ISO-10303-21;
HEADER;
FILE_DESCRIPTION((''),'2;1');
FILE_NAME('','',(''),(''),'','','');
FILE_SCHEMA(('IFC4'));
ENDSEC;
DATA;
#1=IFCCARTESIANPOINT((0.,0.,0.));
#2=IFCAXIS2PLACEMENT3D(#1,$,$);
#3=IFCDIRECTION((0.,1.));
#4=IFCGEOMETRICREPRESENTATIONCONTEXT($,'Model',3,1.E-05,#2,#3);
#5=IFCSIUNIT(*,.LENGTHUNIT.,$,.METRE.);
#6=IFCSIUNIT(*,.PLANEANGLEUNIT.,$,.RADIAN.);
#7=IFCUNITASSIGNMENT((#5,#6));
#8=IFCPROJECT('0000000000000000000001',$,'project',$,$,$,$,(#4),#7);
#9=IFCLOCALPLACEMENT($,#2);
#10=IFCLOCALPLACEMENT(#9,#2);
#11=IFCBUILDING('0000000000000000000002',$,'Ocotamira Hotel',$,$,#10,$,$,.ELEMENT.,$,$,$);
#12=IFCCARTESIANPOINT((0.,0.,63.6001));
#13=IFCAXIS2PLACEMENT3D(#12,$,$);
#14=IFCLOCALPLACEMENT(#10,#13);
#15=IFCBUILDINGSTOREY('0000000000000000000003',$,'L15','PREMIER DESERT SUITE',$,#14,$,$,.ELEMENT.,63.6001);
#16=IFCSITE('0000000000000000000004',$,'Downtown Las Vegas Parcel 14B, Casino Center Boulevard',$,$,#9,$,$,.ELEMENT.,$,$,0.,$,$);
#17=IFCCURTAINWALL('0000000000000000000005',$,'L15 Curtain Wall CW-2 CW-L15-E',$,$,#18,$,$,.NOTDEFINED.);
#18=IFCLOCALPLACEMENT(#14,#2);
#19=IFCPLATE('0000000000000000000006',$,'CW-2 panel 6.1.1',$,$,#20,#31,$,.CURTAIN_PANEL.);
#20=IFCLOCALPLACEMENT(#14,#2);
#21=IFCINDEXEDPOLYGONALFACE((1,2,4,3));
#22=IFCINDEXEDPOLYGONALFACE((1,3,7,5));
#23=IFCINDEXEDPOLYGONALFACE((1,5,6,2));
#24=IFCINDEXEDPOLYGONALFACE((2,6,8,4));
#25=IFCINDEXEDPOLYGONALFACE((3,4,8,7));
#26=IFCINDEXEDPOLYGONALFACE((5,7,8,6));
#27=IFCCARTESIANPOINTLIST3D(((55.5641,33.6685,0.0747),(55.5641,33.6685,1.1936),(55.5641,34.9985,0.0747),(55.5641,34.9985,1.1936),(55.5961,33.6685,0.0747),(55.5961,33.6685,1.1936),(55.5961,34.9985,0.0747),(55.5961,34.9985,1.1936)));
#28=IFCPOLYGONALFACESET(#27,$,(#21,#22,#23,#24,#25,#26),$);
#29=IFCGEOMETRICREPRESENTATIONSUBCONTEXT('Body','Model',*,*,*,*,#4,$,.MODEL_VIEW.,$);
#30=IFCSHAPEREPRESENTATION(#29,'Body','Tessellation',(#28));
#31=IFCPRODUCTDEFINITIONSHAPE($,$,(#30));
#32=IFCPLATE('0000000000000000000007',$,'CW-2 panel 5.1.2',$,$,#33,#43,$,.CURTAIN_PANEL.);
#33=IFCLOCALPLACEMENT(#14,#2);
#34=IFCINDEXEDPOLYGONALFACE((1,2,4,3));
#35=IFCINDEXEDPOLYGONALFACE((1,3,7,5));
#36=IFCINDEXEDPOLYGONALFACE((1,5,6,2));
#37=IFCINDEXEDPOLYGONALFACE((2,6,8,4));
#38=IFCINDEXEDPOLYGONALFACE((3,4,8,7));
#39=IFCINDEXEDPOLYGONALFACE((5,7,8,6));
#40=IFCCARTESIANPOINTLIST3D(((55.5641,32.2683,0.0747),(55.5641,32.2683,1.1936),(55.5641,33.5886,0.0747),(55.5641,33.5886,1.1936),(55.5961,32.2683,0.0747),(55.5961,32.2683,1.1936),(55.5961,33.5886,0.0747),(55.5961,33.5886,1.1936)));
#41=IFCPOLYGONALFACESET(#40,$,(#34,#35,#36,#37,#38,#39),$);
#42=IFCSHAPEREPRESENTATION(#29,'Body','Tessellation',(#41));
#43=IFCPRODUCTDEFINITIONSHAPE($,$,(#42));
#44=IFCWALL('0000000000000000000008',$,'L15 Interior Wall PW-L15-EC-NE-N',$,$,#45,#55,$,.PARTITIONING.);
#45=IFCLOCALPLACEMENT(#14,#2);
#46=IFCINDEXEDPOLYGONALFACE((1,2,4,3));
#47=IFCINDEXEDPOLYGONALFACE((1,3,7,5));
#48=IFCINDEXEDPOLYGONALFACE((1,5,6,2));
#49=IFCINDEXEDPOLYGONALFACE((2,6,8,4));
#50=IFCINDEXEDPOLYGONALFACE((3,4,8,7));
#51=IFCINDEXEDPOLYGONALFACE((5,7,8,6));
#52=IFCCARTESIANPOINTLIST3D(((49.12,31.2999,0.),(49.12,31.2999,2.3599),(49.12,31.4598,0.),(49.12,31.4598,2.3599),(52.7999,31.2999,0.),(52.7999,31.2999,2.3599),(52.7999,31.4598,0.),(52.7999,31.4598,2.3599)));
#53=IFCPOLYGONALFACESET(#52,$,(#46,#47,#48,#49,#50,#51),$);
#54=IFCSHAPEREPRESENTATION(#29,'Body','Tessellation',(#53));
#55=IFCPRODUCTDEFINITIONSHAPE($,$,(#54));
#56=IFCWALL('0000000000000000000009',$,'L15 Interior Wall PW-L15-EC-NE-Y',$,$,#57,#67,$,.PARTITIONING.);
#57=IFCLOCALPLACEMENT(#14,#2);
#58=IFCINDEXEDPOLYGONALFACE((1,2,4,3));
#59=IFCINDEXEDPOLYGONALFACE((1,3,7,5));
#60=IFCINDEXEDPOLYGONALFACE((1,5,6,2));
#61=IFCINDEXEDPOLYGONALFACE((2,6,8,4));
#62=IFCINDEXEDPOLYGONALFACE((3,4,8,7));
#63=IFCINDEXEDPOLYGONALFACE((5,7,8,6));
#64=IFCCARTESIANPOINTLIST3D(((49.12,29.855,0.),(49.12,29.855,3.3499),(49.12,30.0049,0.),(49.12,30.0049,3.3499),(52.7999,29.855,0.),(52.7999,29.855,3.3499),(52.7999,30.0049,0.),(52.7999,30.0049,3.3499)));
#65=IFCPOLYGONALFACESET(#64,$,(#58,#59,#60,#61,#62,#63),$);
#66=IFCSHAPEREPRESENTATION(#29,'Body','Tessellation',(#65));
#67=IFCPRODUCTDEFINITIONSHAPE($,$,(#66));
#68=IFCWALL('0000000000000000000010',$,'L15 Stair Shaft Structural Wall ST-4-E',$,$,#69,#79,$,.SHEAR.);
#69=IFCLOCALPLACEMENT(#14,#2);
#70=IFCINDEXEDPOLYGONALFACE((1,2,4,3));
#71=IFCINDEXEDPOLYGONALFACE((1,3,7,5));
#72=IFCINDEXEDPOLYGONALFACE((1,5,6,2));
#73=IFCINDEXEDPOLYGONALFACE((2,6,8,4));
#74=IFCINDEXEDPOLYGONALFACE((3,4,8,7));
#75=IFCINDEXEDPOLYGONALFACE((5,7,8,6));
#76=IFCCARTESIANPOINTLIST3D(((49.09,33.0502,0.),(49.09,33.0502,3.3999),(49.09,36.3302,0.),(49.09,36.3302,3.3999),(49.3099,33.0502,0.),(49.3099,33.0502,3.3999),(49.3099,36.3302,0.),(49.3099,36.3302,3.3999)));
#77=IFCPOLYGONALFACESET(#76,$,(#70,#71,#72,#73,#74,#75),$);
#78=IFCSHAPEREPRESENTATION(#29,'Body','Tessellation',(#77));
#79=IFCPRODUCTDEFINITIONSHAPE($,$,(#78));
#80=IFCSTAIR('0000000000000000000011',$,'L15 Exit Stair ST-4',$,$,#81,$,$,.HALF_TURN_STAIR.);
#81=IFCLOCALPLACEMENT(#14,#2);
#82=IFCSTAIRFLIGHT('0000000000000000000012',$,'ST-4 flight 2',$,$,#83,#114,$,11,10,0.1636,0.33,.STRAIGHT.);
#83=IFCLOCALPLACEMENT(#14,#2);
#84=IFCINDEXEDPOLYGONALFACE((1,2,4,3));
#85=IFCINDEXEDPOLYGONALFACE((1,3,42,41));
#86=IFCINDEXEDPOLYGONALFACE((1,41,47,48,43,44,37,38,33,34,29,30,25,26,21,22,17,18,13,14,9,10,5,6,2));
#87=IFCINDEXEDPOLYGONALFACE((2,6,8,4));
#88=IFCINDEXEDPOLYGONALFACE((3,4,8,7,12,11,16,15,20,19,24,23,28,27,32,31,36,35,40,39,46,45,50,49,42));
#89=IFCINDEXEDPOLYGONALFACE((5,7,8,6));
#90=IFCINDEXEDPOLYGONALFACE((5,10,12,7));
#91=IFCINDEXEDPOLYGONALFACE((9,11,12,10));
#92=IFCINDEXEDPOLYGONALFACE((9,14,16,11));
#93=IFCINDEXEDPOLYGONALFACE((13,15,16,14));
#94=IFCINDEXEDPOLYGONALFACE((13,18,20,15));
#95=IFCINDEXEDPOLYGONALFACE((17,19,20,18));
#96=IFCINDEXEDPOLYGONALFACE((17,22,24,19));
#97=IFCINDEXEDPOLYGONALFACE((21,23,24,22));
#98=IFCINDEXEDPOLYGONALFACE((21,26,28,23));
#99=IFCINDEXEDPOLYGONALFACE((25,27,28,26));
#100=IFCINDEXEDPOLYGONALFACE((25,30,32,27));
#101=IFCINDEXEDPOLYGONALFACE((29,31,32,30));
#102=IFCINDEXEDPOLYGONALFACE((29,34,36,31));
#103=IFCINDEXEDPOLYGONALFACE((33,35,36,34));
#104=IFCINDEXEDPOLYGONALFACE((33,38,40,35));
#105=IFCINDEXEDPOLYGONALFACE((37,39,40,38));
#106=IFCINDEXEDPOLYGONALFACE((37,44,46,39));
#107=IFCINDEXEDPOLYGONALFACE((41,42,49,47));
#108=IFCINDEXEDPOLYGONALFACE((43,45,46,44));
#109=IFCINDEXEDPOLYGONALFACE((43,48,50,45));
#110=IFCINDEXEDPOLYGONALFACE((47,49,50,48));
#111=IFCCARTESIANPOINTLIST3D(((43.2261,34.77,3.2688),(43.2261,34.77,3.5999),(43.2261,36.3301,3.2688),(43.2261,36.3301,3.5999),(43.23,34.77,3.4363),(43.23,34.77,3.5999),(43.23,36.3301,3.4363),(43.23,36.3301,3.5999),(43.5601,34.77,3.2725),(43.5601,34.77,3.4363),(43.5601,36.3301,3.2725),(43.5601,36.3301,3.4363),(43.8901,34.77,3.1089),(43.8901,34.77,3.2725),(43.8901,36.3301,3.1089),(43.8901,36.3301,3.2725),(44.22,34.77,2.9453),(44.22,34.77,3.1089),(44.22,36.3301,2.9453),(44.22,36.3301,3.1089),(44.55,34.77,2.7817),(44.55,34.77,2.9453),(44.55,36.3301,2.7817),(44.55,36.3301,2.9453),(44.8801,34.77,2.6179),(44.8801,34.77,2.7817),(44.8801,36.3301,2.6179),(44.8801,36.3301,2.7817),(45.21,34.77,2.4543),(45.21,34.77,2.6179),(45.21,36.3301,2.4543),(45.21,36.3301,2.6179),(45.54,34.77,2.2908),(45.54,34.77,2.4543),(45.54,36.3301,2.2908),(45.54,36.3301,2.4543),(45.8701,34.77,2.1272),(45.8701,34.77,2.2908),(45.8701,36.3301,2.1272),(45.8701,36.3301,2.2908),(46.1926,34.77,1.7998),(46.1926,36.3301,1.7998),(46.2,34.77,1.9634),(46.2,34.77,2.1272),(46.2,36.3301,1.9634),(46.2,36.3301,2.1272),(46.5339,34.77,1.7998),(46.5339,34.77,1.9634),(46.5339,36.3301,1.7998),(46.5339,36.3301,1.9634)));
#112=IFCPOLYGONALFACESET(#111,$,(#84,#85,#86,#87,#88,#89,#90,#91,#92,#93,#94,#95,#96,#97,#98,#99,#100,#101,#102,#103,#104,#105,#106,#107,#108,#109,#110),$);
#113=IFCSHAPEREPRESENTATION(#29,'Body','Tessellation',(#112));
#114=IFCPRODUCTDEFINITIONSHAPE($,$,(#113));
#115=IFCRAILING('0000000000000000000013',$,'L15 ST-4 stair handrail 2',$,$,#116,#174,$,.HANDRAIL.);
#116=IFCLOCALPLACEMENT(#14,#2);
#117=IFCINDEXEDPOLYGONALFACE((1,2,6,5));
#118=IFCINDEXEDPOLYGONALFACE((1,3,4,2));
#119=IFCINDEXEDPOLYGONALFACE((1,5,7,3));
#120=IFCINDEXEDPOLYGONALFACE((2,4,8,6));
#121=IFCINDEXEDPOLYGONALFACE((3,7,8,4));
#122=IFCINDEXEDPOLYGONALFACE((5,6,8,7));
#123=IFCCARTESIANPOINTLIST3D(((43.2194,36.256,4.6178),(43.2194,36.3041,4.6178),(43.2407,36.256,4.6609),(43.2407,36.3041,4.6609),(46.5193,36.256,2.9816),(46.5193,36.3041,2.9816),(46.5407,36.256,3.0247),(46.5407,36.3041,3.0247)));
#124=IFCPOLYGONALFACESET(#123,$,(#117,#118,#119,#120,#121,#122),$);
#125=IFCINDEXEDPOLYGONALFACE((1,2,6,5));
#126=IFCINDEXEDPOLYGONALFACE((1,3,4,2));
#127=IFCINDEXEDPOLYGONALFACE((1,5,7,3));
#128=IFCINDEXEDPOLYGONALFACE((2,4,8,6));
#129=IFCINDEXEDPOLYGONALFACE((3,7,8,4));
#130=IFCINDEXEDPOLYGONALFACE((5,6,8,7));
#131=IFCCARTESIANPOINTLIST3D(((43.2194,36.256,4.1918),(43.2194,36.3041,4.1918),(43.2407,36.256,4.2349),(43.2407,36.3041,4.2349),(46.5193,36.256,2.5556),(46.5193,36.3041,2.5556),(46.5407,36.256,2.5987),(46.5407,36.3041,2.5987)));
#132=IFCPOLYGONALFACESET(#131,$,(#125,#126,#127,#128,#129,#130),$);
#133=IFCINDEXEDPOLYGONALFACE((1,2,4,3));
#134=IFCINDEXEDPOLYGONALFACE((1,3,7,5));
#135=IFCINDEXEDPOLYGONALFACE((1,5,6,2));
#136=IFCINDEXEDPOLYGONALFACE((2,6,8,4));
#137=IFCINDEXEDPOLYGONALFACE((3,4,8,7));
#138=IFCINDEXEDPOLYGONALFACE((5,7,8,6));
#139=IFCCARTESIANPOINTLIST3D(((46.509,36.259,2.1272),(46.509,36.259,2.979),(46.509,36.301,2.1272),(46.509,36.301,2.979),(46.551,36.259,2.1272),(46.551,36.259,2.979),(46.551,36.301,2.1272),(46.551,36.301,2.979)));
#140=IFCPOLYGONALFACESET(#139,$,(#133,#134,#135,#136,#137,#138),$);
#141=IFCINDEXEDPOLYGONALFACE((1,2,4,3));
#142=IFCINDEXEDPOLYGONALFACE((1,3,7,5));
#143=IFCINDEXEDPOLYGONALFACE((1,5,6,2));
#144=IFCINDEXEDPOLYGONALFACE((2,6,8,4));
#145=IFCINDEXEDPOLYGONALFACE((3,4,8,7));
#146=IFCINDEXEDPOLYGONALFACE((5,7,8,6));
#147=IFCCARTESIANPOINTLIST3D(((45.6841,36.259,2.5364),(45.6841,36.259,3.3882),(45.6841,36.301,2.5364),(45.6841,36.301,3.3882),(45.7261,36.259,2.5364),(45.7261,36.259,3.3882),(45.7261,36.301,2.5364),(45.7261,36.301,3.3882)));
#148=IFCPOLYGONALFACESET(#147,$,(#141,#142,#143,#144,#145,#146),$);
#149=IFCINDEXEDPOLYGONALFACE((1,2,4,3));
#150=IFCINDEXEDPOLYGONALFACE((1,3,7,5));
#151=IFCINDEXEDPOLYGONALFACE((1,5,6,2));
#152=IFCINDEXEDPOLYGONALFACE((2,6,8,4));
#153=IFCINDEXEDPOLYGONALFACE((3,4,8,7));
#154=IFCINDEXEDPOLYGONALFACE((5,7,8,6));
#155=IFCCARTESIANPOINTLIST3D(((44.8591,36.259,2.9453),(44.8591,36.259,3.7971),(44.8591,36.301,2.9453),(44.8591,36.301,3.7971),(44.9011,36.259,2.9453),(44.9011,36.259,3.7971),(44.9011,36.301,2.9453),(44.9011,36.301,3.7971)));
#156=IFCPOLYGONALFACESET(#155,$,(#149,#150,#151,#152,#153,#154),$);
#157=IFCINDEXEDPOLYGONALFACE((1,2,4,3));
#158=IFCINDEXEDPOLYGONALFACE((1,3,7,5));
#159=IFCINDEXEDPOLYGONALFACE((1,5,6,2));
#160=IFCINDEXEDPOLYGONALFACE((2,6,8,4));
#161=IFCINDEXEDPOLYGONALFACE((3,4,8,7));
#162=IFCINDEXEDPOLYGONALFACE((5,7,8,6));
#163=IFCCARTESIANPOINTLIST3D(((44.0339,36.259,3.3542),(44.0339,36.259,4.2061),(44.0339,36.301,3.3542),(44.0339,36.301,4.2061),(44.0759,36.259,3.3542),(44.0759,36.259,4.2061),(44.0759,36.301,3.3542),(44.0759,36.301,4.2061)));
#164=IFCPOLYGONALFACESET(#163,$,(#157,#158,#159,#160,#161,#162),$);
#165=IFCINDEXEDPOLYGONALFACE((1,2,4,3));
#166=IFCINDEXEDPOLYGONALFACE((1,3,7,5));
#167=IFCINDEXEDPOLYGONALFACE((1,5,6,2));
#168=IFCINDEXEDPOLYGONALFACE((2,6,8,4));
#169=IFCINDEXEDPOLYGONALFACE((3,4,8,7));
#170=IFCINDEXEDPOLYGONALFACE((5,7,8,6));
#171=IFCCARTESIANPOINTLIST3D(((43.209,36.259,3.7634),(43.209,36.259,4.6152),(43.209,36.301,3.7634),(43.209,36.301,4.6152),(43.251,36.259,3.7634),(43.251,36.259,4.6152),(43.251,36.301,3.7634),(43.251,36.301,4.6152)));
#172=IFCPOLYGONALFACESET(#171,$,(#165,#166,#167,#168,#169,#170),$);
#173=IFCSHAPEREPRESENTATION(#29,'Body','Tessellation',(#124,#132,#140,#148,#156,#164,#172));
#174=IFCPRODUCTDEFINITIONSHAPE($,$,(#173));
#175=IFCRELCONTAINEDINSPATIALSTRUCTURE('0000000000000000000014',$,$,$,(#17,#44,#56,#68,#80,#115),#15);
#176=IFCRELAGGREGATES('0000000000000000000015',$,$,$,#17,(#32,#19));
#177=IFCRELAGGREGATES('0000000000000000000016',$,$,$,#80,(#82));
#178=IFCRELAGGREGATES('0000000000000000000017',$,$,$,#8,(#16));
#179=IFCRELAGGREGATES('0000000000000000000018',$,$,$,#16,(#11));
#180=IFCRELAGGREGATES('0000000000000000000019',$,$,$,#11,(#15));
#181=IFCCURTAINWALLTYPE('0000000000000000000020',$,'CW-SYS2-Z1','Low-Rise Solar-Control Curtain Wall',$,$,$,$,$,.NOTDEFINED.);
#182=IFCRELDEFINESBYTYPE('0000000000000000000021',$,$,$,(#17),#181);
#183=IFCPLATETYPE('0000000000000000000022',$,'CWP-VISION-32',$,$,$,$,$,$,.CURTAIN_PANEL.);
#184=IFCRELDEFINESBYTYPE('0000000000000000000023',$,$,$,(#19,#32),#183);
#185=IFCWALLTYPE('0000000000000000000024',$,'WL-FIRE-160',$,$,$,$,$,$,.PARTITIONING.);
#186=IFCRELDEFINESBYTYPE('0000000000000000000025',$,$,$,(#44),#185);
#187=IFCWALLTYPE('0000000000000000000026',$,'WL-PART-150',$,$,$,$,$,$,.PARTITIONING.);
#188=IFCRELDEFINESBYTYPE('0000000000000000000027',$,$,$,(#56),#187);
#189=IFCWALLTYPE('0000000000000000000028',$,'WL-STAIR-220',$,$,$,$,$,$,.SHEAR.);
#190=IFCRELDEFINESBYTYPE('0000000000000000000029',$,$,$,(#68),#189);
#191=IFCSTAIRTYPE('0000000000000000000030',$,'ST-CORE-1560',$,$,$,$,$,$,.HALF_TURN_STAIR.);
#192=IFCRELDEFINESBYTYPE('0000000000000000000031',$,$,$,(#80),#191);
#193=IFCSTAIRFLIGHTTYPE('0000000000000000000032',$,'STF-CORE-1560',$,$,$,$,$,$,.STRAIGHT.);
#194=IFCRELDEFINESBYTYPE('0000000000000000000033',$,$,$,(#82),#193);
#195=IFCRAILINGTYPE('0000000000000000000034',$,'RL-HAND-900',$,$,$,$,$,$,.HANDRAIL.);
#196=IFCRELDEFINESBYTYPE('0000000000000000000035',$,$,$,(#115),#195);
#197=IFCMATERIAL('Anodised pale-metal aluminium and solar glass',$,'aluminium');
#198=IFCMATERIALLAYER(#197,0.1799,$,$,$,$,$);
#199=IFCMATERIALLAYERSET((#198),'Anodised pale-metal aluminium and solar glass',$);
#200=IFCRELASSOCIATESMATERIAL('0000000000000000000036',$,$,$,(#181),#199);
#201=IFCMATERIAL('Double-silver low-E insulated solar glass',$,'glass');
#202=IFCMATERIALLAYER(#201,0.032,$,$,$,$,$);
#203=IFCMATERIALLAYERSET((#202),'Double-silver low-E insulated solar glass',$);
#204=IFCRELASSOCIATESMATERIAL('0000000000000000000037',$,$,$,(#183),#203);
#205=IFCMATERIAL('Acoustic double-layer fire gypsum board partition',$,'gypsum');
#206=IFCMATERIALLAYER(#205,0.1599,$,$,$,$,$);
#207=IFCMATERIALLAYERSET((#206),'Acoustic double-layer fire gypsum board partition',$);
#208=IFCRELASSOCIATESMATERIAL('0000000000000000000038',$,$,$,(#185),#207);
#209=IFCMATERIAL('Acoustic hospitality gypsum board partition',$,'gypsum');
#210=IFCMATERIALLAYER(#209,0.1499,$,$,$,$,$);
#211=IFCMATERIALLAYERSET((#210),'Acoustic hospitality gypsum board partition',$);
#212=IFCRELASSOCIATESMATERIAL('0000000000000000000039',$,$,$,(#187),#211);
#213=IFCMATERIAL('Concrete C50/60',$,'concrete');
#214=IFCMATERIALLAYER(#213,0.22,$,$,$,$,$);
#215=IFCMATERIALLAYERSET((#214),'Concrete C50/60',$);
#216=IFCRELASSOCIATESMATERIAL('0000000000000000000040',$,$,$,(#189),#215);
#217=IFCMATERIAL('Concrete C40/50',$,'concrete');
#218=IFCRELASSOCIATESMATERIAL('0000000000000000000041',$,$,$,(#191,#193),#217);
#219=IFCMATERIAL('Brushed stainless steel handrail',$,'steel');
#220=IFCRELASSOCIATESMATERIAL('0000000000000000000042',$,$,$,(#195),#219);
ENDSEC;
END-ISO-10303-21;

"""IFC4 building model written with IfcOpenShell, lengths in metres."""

from ifc_helpers import new_model, si_unit, direction, frame, frame_2d, origin, origin_2d, place, context, subcontext, project, spatial, polyline, rectangle, outline, extrude, source, transform, mapped, material, layer, layer_set, type_object, element, aggregate, save


model = new_model("IFC4")

# Units and contexts
model_context = context("Model", 3, precision=1e-05, world=origin(), true_north=direction((0.0, 1.0)))
body_context = subcontext(model_context, "Body", "Model", "MODEL_VIEW")
ifc_project = project(units=[si_unit("LENGTHUNIT", "METRE"), si_unit("PLANEANGLEUNIT", "RADIAN")], contexts=[model_context])

# Site, building, storey
site_placement = place(None, origin())
site = spatial("IfcSite", under=ifc_project, at=site_placement, Name="Downtown Las Vegas Parcel 14B, Casino Center Boulevard", CompositionType="ELEMENT", RefElevation=0.0)
building_placement = place(site_placement, origin())
building = spatial("IfcBuilding", under=site, at=building_placement, Name="Ocotamira Hotel", CompositionType="ELEMENT")
storey_placement = place(building_placement, frame((0.0, 0.0, 63.6001)))
storey = spatial("IfcBuildingStorey", under=building, at=storey_placement, Name="L15", Description="PREMIER DESERT SUITE", CompositionType="ELEMENT", Elevation=63.6001)

# Curtain wall
ifc_material_1 = material(Name="Anodised pale-metal aluminium and solar glass", Category="aluminium")
ifc_layer_1 = layer(ifc_material_1, 0.1799)
ifc_layer_set_1 = layer_set([ifc_layer_1], Name="Anodised pale-metal aluminium and solar glass")
curtain_wall_type = type_object("IfcCurtainWallType", Name="CW-SYS2-Z1", Description="Low-Rise Solar-Control Curtain Wall", PredefinedType="NOTDEFINED", material=ifc_layer_set_1)
curtain_wall_placement = place(storey_placement, origin())
curtain_wall = element("IfcCurtainWall", 1, at=curtain_wall_placement, inside=storey, type_object=curtain_wall_type, Name="L15 Curtain Wall CW-2 CW-L15-E", PredefinedType="NOTDEFINED")

# Plates
ifc_material_2 = material(Name="Double-silver low-E insulated solar glass", Category="glass")
ifc_layer_2 = layer(ifc_material_2, 0.032)
ifc_layer_set_2 = layer_set([ifc_layer_2], Name="Double-silver low-E insulated solar glass")
plate_type_1 = type_object("IfcPlateType", Name="CWP-VISION-32", PredefinedType="CURTAIN_PANEL", material=ifc_layer_set_2)
shared_shape_1 = source(origin(), body_context, "Body", "SweptSolid", [
    extrude(rectangle(XDim=1.3301, YDim=0.032, at=origin_2d()), origin(), (0.0, 0.0, 1.0), 1.1189),
])
plate_1_placement = place(storey_placement, frame((55.5801, 34.3335, 0.0747), z_axis=(0.0, 0.0, 1.0), x_axis=(0.0, 1.0, 0.0)))
plate_1 = element("IfcPlate", 2, at=plate_1_placement, type_object=plate_type_1, Name="CW-2 panel 6.1.1", PredefinedType="CURTAIN_PANEL", context=body_context, shape_type="MappedRepresentation", body=[
    mapped(shared_shape_1, transform((0.0, 0.0, 0.0), scale=1.0)),
])
shared_shape_2 = source(origin(), body_context, "Body", "SweptSolid", [
    extrude(rectangle(XDim=1.3203, YDim=0.032, at=origin_2d()), origin(), (0.0, 0.0, 1.0), 1.1189),
])
plate_2_placement = place(storey_placement, frame((55.5801, 32.9285, 0.0747), z_axis=(0.0, 0.0, 1.0), x_axis=(0.0, 1.0, 0.0)))
plate_2 = element("IfcPlate", 3, at=plate_2_placement, type_object=plate_type_1, Name="CW-2 panel 5.1.2", PredefinedType="CURTAIN_PANEL", context=body_context, shape_type="MappedRepresentation", body=[
    mapped(shared_shape_2, transform((0.0, 0.0, 0.0), scale=1.0)),
])
aggregate(curtain_wall, [plate_2, plate_1])

# Walls
ifc_material_3 = material(Name="Acoustic double-layer fire gypsum board partition", Category="gypsum")
ifc_layer_3 = layer(ifc_material_3, 0.1599)
ifc_layer_set_3 = layer_set([ifc_layer_3], Name="Acoustic double-layer fire gypsum board partition")
wall_type_1 = type_object("IfcWallType", Name="WL-FIRE-160", PredefinedType="PARTITIONING", material=ifc_layer_set_3)
wall_1_placement = place(storey_placement, frame((49.1201, 31.3799, 0.0), z_axis=(0.0, 0.0, 1.0), x_axis=(1.0, 0.0, 0.0)))
element("IfcWall", 4, at=wall_1_placement, inside=storey, type_object=wall_type_1, Name="L15 Interior Wall PW-L15-EC-NE-N", PredefinedType="PARTITIONING", context=body_context, shape_type="SweptSolid", body=[
    extrude(rectangle(XDim=3.6799, YDim=0.1599, at=frame_2d((1.8398, 0.0))), origin(), (0.0, 0.0, 1.0), 2.3599),
])
ifc_material_4 = material(Name="Acoustic hospitality gypsum board partition", Category="gypsum")
ifc_layer_4 = layer(ifc_material_4, 0.1499)
ifc_layer_set_4 = layer_set([ifc_layer_4], Name="Acoustic hospitality gypsum board partition")
wall_type_2 = type_object("IfcWallType", Name="WL-PART-150", PredefinedType="PARTITIONING", material=ifc_layer_set_4)
wall_2_placement = place(storey_placement, frame((49.1201, 29.9299, 0.0), z_axis=(0.0, 0.0, 1.0), x_axis=(1.0, 0.0, 0.0)))
element("IfcWall", 5, at=wall_2_placement, inside=storey, type_object=wall_type_2, Name="L15 Interior Wall PW-L15-EC-NE-Y", PredefinedType="PARTITIONING", context=body_context, shape_type="SweptSolid", body=[
    extrude(rectangle(XDim=3.6799, YDim=0.1499, at=frame_2d((1.8398, 0.0))), origin(), (0.0, 0.0, 1.0), 3.3499),
])
ifc_material_5 = material(Name="Concrete C50/60", Category="concrete")
ifc_layer_5 = layer(ifc_material_5, 0.22)
ifc_layer_set_5 = layer_set([ifc_layer_5], Name="Concrete C50/60")
wall_type_3 = type_object("IfcWallType", Name="WL-STAIR-220", PredefinedType="SHEAR", material=ifc_layer_set_5)
wall_3_placement = place(storey_placement, frame((49.2, 33.05, 0.0), z_axis=(0.0, 0.0, 1.0), x_axis=(0.0, 1.0, 0.0)))
element("IfcWall", 6, at=wall_3_placement, inside=storey, type_object=wall_type_3, Name="L15 Stair Shaft Structural Wall ST-4-E", PredefinedType="SHEAR", context=body_context, shape_type="SweptSolid", body=[
    extrude(rectangle(XDim=3.28, YDim=0.22, at=frame_2d((1.6401, 0.0))), origin(), (0.0, 0.0, 1.0), 3.3999),
])

# Stair, stair flight
ifc_material_6 = material(Name="Concrete C40/50", Category="concrete")
stair_type = type_object("IfcStairType", Name="ST-CORE-1560", PredefinedType="HALF_TURN_STAIR", material=ifc_material_6)
stair_placement = place(storey_placement, origin())
stair = element("IfcStair", 7, at=stair_placement, inside=storey, type_object=stair_type, Name="L15 Exit Stair ST-4", PredefinedType="HALF_TURN_STAIR")
stair_flight_type = type_object("IfcStairFlightType", Name="STF-CORE-1560", PredefinedType="STRAIGHT", material=ifc_material_6)
shared_shape_3 = source(origin(), body_context, "Body", "SweptSolid", [
    extrude(outline(polyline([(-0.0039, 0.0), (-0.0039, 0.1636), (0.3301, 0.1636), (0.3301, 0.3274), (0.6599, 0.3274), (0.6599, 0.491), (0.99, 0.491), (0.99, 0.6545), (1.3201, 0.6545), (1.3201, 0.8181), (1.6499, 0.8181), (1.6499, 0.9819), (1.98, 0.9819), (1.98, 1.1455), (2.3101, 1.1455), (2.3101, 1.3091), (2.6399, 1.3091), (2.6399, 1.4727), (2.97, 1.4727), (2.97, 1.6365), (3.3, 1.6365), (3.3, 1.8), (3.304, 1.8), (3.304, 1.469), (0.3374, 0.0), (-0.0039, 0.0)])), frame((0.0, 0.78, 0.0), z_axis=(0.0, -1.0, 0.0), x_axis=(1.0, 0.0, 0.0)), (0.0, 0.0, 1.0), 1.5601),
])
stair_flight_placement = place(storey_placement, frame((46.53, 35.55, 1.7998), z_axis=(0.0, 0.0, 1.0), x_axis=(-1.0, 0.0, 0.0)))
stair_flight = element("IfcStairFlight", 8, at=stair_flight_placement, type_object=stair_flight_type, Name="ST-4 flight 2", NumberOfRisers=11, NumberOfTreads=10, PredefinedType="STRAIGHT", RiserHeight=0.1636, TreadLength=0.33, context=body_context, shape_type="MappedRepresentation", body=[
    mapped(shared_shape_3, transform((0.0, 0.0, 0.0), scale=1.0)),
])
aggregate(stair, [stair_flight])

# Railing
ifc_material_7 = material(Name="Brushed stainless steel handrail", Category="steel")
railing_type_1 = type_object("IfcRailingType", Name="RL-HAND-900", PredefinedType="HANDRAIL", material=ifc_material_7)
railing_1_placement = place(storey_placement, frame((46.53, 36.28, 2.1272)))
element("IfcRailing", 9, at=railing_1_placement, inside=storey, type_object=railing_type_1, Name="L15 ST-4 stair handrail 2", PredefinedType="HANDRAIL", context=body_context, shape_type="SweptSolid", body=[
    extrude(rectangle(XDim=0.0481, YDim=0.0481, at=origin_2d()), frame((0.0, 0.0, 0.876), z_axis=(-0.89592, 0.0, 0.444215), x_axis=(0.0, -1.0, 0.0)), (0.0, 0.0, 1.0), 3.6833),
    extrude(rectangle(XDim=0.0481, YDim=0.0481, at=origin_2d()), frame((0.0, 0.0, 0.45), z_axis=(-0.89592, 0.0, 0.444215), x_axis=(0.0, -1.0, 0.0)), (0.0, 0.0, 1.0), 3.6833),
    extrude(rectangle(XDim=0.042, YDim=0.042, at=origin_2d()), origin(), (0.0, 0.0, 1.0), 0.8518),
    extrude(rectangle(XDim=0.042, YDim=0.042, at=origin_2d()), frame((-0.825, 0.0, 0.4092)), (0.0, 0.0, 1.0), 0.8518),
    extrude(rectangle(XDim=0.042, YDim=0.042, at=origin_2d()), frame((-1.6499, 0.0, 0.8181)), (0.0, 0.0, 1.0), 0.8518),
    extrude(rectangle(XDim=0.042, YDim=0.042, at=origin_2d()), frame((-2.4751, 0.0, 1.2271)), (0.0, 0.0, 1.0), 0.8518),
    extrude(rectangle(XDim=0.042, YDim=0.042, at=origin_2d()), frame((-3.3, 0.0, 1.6362)), (0.0, 0.0, 1.0), 0.8518),
])

save(model, "model.ifc")
